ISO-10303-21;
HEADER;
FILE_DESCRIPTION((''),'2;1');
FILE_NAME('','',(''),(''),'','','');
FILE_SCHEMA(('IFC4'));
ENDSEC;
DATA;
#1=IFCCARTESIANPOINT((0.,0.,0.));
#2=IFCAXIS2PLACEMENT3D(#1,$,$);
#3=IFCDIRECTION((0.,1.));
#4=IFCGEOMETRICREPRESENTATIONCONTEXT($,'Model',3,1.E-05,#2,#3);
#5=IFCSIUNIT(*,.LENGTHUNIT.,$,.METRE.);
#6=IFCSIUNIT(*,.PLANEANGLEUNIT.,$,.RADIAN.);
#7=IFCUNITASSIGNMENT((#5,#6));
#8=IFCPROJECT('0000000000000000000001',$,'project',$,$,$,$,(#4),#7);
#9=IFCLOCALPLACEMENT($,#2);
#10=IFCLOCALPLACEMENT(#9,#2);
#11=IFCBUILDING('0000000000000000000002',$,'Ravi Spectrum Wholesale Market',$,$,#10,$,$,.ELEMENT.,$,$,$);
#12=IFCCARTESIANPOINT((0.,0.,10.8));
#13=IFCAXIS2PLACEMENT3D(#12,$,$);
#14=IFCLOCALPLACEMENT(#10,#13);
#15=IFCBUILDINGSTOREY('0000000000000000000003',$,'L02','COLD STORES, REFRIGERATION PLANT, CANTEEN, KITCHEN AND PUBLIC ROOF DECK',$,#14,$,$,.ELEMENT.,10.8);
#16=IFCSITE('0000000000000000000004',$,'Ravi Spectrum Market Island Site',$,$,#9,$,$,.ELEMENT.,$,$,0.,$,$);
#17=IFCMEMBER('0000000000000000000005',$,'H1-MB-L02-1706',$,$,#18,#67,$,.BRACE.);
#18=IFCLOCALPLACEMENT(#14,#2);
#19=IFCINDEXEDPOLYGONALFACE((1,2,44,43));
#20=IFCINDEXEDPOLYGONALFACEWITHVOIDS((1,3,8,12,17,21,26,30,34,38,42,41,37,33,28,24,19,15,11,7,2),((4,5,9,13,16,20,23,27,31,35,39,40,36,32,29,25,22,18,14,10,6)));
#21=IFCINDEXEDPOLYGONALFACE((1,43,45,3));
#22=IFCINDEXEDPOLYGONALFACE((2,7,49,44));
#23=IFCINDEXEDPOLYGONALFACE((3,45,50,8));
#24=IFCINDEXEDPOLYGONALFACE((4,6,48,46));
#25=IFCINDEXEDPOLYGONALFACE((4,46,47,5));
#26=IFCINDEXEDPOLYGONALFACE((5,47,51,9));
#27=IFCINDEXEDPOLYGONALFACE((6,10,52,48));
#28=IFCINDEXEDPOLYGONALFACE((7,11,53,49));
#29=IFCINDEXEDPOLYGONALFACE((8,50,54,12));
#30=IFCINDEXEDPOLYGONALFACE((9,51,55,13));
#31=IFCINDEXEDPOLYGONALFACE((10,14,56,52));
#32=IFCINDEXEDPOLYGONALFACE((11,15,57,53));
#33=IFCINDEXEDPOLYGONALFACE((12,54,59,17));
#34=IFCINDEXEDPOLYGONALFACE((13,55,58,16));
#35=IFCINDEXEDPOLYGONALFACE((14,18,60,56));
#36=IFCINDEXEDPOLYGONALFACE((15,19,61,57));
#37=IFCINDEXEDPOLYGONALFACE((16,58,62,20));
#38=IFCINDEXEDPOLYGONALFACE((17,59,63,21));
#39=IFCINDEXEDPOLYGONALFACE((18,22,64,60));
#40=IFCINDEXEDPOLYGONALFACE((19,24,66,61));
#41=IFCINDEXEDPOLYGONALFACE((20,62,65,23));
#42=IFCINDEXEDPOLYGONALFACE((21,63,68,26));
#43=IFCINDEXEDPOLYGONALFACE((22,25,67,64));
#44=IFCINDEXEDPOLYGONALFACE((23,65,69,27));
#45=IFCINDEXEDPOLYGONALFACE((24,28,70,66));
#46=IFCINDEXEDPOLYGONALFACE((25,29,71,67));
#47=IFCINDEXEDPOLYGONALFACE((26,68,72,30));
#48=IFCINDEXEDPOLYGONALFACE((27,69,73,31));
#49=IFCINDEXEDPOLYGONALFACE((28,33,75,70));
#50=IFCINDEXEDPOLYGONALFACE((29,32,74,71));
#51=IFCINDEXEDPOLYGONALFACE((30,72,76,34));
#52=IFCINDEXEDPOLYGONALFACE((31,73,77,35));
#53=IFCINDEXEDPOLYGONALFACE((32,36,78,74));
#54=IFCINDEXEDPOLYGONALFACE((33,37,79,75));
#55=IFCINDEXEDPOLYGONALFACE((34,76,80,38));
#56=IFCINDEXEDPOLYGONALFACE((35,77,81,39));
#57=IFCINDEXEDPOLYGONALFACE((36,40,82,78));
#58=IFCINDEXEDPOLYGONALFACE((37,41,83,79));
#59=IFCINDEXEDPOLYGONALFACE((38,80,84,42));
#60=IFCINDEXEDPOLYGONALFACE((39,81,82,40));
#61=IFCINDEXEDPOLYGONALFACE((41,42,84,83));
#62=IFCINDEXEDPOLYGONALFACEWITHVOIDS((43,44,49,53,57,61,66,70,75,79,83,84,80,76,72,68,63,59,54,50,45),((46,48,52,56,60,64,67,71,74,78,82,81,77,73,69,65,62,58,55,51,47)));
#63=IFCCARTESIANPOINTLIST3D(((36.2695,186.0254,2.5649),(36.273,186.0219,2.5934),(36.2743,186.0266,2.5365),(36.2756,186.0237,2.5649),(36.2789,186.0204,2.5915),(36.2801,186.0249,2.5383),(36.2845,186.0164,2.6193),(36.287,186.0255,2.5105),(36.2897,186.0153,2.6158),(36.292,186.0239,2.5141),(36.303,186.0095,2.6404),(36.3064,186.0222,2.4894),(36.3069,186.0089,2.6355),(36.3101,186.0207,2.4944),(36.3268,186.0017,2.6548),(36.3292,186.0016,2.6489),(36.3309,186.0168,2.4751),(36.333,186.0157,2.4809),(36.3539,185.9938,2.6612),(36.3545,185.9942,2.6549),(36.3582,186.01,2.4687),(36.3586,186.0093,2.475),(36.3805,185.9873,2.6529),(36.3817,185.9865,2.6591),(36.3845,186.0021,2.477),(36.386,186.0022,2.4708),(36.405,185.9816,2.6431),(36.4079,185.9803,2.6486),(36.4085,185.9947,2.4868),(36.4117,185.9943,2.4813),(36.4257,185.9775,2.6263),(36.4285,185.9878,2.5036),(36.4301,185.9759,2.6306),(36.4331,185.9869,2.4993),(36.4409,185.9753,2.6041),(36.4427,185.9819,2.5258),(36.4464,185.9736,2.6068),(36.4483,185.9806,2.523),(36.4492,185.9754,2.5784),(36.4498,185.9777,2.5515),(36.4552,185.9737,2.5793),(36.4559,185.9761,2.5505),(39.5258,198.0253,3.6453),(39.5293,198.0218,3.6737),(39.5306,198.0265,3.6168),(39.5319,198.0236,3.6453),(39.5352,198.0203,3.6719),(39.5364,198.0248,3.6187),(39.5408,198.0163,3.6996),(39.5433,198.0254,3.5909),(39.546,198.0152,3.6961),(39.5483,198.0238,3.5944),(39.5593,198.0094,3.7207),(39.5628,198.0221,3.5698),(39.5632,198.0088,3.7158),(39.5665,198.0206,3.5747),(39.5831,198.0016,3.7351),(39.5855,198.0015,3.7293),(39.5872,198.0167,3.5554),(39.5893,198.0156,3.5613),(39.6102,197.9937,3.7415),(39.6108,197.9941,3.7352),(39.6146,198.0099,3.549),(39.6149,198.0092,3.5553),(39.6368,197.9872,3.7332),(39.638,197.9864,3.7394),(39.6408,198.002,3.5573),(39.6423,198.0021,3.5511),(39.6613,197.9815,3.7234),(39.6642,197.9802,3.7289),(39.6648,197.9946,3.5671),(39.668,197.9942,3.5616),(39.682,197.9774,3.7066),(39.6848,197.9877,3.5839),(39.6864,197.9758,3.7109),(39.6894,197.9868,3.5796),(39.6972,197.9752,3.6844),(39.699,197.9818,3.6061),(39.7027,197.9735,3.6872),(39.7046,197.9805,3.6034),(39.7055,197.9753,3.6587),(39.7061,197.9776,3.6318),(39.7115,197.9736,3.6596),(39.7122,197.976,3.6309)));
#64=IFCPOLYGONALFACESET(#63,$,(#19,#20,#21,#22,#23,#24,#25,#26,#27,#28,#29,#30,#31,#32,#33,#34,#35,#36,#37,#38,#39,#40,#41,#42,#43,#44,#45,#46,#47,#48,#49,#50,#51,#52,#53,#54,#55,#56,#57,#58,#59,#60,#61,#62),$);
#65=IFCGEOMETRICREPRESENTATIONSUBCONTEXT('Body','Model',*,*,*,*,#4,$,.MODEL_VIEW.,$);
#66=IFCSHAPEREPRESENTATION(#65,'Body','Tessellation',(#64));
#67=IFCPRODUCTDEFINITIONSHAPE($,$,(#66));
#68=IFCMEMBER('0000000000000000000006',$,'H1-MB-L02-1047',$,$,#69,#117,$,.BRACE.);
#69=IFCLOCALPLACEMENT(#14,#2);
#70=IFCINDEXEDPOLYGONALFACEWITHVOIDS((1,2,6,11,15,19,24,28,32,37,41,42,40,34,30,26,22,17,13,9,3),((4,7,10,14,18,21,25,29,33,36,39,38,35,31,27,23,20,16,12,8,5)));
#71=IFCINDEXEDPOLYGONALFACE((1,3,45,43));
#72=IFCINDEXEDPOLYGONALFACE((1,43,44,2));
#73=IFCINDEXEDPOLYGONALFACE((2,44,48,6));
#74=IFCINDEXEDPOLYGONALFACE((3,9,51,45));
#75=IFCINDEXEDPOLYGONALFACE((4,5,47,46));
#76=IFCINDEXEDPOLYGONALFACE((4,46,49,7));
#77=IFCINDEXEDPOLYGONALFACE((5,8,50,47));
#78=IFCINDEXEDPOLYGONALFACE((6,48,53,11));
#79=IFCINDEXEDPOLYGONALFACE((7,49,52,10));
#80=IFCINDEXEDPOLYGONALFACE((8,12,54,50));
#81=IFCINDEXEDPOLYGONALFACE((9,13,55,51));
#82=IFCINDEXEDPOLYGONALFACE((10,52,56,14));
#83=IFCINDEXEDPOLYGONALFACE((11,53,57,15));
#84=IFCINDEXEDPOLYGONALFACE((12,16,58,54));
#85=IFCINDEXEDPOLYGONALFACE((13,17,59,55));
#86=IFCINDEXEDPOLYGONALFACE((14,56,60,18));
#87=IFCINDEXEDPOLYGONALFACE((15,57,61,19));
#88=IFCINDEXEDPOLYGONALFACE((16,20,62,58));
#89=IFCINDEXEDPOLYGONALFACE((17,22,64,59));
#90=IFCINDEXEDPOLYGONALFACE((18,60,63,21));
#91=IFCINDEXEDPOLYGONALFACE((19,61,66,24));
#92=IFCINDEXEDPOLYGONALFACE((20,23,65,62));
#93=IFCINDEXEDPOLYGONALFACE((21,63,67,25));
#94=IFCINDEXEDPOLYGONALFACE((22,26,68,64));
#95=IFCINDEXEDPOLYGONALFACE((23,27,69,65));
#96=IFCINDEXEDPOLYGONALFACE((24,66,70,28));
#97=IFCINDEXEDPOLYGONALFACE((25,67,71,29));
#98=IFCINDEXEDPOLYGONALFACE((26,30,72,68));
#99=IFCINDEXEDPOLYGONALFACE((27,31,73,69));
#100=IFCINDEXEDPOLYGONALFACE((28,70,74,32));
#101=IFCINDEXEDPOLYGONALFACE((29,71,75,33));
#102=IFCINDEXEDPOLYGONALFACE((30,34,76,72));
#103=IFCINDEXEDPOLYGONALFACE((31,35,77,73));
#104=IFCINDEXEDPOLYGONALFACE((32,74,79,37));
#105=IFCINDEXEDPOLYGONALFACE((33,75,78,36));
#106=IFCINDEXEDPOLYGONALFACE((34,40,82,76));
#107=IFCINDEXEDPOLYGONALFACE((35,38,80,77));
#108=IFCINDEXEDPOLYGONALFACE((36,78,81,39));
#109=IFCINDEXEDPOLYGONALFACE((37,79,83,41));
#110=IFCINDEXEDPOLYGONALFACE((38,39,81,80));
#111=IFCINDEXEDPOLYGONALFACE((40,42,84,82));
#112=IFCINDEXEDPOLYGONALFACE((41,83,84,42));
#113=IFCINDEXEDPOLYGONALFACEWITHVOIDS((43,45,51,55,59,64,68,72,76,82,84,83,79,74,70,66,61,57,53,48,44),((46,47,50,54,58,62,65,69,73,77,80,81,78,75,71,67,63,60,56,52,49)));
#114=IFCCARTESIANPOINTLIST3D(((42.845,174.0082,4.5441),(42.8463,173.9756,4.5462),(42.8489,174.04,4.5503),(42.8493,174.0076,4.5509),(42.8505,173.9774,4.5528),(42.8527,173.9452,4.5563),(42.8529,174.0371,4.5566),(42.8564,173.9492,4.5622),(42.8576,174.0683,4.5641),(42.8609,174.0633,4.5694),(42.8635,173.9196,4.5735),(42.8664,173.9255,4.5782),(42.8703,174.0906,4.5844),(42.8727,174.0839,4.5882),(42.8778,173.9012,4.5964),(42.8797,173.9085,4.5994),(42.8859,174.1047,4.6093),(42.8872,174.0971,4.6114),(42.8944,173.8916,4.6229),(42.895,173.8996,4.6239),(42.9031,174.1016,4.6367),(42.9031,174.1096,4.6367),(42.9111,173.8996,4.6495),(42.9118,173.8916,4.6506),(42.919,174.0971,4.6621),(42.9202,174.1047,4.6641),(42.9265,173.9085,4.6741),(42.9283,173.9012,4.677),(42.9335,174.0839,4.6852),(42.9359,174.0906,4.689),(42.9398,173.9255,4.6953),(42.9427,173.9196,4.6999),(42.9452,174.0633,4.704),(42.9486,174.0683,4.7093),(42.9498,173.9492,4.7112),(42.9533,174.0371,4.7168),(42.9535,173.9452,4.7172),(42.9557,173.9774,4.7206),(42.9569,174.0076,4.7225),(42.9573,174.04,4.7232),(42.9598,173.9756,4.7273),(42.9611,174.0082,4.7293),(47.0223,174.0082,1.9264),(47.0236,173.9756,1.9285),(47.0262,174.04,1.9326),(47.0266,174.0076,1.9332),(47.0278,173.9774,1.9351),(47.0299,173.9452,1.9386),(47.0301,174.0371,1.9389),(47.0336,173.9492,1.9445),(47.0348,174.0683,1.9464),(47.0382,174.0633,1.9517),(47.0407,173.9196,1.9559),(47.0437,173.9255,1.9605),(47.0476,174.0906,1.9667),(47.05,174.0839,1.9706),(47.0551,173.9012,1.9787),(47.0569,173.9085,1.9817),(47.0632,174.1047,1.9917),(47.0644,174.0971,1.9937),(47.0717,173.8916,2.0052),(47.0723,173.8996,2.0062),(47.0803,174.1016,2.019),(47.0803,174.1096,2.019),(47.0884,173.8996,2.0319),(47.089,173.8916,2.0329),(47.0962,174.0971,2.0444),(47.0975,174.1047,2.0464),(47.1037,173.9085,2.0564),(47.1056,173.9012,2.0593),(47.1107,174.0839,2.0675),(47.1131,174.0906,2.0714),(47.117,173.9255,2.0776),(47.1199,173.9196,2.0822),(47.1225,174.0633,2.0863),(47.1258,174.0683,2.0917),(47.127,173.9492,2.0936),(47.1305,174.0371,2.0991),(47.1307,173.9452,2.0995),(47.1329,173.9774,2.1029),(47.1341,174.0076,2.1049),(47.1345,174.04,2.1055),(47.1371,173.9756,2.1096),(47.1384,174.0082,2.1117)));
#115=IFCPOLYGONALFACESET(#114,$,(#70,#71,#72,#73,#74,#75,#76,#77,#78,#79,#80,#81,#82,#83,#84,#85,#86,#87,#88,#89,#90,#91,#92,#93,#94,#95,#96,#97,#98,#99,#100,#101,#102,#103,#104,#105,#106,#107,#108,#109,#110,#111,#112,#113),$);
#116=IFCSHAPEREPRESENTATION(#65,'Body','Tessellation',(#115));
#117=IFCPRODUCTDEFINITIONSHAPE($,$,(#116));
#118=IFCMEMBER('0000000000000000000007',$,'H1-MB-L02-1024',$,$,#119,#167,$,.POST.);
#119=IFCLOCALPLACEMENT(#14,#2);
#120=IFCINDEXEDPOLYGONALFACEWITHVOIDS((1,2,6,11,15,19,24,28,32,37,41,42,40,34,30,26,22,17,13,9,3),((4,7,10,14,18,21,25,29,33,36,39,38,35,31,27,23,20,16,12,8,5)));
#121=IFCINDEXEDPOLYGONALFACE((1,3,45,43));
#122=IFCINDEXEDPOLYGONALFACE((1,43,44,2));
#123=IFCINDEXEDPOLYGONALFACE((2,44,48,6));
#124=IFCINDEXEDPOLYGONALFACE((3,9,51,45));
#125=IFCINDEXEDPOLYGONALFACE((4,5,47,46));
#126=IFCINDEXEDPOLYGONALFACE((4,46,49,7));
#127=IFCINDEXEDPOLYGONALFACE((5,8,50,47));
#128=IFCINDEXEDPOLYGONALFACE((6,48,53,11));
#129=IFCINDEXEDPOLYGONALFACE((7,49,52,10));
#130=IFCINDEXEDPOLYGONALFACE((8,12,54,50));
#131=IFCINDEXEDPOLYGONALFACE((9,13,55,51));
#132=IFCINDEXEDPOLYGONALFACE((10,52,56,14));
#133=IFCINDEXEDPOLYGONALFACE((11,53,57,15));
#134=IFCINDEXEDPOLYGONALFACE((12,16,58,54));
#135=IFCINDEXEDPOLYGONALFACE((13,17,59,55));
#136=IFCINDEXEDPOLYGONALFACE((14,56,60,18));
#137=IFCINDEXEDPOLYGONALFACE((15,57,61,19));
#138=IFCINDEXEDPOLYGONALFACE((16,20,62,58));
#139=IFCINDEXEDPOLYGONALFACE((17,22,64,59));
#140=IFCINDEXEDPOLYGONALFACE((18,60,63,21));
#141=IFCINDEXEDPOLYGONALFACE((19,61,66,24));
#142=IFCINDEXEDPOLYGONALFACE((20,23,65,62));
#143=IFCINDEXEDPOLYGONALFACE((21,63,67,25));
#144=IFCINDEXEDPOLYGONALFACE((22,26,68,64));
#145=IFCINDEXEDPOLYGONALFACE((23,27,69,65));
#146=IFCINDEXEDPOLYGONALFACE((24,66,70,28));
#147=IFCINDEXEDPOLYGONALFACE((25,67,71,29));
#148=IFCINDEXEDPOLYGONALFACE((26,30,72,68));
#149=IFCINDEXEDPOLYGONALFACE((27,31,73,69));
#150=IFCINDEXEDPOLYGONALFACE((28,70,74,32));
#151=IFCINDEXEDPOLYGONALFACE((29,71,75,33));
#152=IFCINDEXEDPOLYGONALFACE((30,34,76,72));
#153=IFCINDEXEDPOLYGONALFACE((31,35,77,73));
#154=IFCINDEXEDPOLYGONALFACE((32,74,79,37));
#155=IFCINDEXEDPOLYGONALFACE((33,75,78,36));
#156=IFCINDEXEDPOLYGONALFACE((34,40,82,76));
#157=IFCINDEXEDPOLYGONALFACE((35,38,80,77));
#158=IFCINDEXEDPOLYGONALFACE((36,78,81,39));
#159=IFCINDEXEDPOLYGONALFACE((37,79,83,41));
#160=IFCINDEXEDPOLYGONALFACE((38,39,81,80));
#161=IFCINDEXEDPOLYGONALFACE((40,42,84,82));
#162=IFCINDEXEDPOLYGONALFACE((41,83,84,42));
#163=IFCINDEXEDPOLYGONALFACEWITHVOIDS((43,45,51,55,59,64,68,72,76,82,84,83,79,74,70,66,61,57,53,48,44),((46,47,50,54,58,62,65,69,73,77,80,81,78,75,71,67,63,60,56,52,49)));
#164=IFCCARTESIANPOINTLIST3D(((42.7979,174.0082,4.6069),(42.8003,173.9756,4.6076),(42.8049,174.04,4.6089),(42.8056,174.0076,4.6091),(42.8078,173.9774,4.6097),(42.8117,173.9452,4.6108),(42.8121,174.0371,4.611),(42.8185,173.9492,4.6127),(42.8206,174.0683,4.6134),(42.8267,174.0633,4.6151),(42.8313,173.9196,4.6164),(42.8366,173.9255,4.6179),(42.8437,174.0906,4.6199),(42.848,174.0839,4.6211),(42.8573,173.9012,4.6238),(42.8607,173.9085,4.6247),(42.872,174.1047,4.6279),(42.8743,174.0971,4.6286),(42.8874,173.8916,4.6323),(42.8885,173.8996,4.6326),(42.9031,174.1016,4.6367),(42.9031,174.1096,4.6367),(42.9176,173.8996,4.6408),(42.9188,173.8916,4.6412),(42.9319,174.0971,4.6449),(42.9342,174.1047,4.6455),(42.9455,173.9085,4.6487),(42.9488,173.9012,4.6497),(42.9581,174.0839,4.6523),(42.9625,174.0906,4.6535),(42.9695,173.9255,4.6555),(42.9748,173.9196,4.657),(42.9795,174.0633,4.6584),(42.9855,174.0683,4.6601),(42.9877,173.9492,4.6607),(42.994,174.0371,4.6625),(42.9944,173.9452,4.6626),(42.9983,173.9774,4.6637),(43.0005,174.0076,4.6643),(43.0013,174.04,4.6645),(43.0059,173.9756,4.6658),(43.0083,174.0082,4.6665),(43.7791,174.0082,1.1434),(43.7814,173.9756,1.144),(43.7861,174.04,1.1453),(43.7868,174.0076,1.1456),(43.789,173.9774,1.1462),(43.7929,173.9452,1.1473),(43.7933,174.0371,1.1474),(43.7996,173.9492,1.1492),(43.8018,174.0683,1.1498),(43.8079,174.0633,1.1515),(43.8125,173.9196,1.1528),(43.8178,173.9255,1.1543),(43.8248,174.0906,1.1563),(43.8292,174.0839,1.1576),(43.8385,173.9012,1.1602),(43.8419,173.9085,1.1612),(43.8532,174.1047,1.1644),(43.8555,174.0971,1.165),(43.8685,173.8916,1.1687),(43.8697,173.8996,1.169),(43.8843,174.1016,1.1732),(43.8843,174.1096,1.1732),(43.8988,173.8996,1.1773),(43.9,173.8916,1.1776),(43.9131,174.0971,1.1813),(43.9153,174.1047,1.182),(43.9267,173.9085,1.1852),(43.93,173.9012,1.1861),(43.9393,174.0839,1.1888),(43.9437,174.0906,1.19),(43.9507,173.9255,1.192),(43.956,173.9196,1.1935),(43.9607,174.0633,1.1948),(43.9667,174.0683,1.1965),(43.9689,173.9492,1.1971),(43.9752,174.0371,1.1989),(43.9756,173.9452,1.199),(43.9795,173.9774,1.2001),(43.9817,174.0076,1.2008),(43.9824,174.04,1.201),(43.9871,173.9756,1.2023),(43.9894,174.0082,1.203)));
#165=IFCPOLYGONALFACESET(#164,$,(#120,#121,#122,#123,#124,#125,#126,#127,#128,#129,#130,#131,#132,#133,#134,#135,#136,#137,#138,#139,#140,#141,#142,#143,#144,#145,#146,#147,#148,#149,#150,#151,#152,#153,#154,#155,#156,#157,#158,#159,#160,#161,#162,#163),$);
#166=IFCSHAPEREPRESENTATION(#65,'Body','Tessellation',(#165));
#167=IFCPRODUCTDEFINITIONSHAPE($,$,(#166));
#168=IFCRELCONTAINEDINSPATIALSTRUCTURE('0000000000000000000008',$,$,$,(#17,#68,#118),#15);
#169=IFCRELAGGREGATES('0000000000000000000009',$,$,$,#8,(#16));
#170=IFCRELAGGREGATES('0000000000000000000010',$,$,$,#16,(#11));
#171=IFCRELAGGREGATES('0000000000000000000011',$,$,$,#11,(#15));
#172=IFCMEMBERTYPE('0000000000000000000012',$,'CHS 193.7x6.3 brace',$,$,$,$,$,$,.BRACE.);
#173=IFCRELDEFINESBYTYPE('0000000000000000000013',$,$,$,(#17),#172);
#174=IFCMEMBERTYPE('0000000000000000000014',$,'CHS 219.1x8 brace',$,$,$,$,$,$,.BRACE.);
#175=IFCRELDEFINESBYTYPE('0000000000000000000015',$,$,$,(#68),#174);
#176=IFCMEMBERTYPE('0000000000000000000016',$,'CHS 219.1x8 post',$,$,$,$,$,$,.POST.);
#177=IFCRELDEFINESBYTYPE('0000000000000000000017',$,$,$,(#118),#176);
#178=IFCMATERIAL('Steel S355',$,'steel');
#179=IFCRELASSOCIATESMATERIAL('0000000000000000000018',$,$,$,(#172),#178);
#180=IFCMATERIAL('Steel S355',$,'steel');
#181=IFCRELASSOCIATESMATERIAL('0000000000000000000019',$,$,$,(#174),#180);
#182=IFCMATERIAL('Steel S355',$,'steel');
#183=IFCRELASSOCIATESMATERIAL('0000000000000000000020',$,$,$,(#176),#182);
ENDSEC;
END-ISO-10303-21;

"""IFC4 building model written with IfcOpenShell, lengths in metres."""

from ifc_helpers import new_model, si_unit, direction, frame, origin, origin_2d, place, context, subcontext, project, spatial, hollow_circle, extrude, material, material_profile, profile_set, type_object, element, save


model = new_model("IFC4")

# Units and contexts
model_context = context("Model", 3, precision=1e-05, world=origin(), true_north=direction((0.0, 1.0)))
body_context = subcontext(model_context, "Body", "Model", "MODEL_VIEW")
ifc_project = project(units=[si_unit("LENGTHUNIT", "METRE"), si_unit("PLANEANGLEUNIT", "RADIAN")], contexts=[model_context])

# Site, building, storey
site_placement = place(None, origin())
site = spatial("IfcSite", under=ifc_project, at=site_placement, Name="Ravi Spectrum Market Island Site", CompositionType="ELEMENT", RefElevation=0.0)
building_placement = place(site_placement, origin())
building = spatial("IfcBuilding", under=site, at=building_placement, Name="Ravi Spectrum Wholesale Market", CompositionType="ELEMENT")
storey_placement = place(building_placement, frame((0.0, 0.0, 10.8)))
storey = spatial("IfcBuildingStorey", under=building, at=storey_placement, Name="L02", Description="COLD STORES, REFRIGERATION PLANT, CANTEEN, KITCHEN AND PUBLIC ROOF DECK", CompositionType="ELEMENT", Elevation=10.8)

# Members
ifc_material_1 = material(Name="Steel S355", Category="steel")
ifc_material_profile_1 = material_profile(ifc_material_1, hollow_circle(Radius=0.0969, WallThickness=0.0063, at=origin_2d()))
ifc_profile_set_1 = profile_set([ifc_material_profile_1], Name="Steel S355")
member_type_1 = type_object("IfcMemberType", Name="CHS 193.7x6.3 brace", PredefinedType="BRACE", material=ifc_profile_set_1)
for number, where, z_axis, x_axis, name in (
    (1, (36.363, 186.0, 2.5649), (0.260908, 0.961475, 0.086559), (-0.965097, 0.261891, 0.0), "H1-MB-L02-1706"),
):
    element("IfcMember", number, at=place(storey_placement, frame(where, z_axis=z_axis, x_axis=x_axis)), inside=storey, type_object=member_type_1, Name=name, PredefinedType="BRACE", context=body_context, shape_type="SweptSolid", body=[
        extrude(hollow_circle(Radius=0.0969, WallThickness=0.0063, at=origin_2d()), origin(), (0.0, 0.0, 1.0), 12.4807),
    ])
ifc_material_2 = material(Name="Steel S355", Category="steel")
ifc_material_profile_2 = material_profile(ifc_material_2, hollow_circle(Radius=0.1096, WallThickness=0.0081, at=origin_2d()))
ifc_profile_set_2 = profile_set([ifc_material_profile_2], Name="Steel S355")
member_type_2 = type_object("IfcMemberType", Name="CHS 219.1x8 brace", PredefinedType="BRACE", material=ifc_profile_set_2)
member_1_placement = place(storey_placement, frame((42.9031, 174.0, 4.6367), z_axis=(0.847369, 0.0, -0.531005), x_axis=(0.0, 1.0, 0.0)))
element("IfcMember", 2, at=member_1_placement, inside=storey, type_object=member_type_2, Name="H1-MB-L02-1047", PredefinedType="BRACE", context=body_context, shape_type="SweptSolid", body=[
    extrude(hollow_circle(Radius=0.1096, WallThickness=0.0081, at=origin_2d()), origin(), (0.0, 0.0, 1.0), 4.9297),
])
ifc_material_3 = material(Name="Steel S355", Category="steel")
ifc_material_profile_3 = material_profile(ifc_material_3, hollow_circle(Radius=0.1096, WallThickness=0.0081, at=origin_2d()))
ifc_profile_set_3 = profile_set([ifc_material_profile_3], Name="Steel S355")
member_type_3 = type_object("IfcMemberType", Name="CHS 219.1x8 post", PredefinedType="POST", material=ifc_profile_set_3)
member_2_placement = place(storey_placement, frame((42.9031, 174.0, 4.6367), z_axis=(0.272562, 0.0, -0.962138), x_axis=(0.0, 1.0, 0.0)))
element("IfcMember", 3, at=member_2_placement, inside=storey, type_object=member_type_3, Name="H1-MB-L02-1024", PredefinedType="POST", context=body_context, shape_type="SweptSolid", body=[
    extrude(hollow_circle(Radius=0.1096, WallThickness=0.0081, at=origin_2d()), origin(), (0.0, 0.0, 1.0), 3.5999),
])

save(model, "model.ifc")
